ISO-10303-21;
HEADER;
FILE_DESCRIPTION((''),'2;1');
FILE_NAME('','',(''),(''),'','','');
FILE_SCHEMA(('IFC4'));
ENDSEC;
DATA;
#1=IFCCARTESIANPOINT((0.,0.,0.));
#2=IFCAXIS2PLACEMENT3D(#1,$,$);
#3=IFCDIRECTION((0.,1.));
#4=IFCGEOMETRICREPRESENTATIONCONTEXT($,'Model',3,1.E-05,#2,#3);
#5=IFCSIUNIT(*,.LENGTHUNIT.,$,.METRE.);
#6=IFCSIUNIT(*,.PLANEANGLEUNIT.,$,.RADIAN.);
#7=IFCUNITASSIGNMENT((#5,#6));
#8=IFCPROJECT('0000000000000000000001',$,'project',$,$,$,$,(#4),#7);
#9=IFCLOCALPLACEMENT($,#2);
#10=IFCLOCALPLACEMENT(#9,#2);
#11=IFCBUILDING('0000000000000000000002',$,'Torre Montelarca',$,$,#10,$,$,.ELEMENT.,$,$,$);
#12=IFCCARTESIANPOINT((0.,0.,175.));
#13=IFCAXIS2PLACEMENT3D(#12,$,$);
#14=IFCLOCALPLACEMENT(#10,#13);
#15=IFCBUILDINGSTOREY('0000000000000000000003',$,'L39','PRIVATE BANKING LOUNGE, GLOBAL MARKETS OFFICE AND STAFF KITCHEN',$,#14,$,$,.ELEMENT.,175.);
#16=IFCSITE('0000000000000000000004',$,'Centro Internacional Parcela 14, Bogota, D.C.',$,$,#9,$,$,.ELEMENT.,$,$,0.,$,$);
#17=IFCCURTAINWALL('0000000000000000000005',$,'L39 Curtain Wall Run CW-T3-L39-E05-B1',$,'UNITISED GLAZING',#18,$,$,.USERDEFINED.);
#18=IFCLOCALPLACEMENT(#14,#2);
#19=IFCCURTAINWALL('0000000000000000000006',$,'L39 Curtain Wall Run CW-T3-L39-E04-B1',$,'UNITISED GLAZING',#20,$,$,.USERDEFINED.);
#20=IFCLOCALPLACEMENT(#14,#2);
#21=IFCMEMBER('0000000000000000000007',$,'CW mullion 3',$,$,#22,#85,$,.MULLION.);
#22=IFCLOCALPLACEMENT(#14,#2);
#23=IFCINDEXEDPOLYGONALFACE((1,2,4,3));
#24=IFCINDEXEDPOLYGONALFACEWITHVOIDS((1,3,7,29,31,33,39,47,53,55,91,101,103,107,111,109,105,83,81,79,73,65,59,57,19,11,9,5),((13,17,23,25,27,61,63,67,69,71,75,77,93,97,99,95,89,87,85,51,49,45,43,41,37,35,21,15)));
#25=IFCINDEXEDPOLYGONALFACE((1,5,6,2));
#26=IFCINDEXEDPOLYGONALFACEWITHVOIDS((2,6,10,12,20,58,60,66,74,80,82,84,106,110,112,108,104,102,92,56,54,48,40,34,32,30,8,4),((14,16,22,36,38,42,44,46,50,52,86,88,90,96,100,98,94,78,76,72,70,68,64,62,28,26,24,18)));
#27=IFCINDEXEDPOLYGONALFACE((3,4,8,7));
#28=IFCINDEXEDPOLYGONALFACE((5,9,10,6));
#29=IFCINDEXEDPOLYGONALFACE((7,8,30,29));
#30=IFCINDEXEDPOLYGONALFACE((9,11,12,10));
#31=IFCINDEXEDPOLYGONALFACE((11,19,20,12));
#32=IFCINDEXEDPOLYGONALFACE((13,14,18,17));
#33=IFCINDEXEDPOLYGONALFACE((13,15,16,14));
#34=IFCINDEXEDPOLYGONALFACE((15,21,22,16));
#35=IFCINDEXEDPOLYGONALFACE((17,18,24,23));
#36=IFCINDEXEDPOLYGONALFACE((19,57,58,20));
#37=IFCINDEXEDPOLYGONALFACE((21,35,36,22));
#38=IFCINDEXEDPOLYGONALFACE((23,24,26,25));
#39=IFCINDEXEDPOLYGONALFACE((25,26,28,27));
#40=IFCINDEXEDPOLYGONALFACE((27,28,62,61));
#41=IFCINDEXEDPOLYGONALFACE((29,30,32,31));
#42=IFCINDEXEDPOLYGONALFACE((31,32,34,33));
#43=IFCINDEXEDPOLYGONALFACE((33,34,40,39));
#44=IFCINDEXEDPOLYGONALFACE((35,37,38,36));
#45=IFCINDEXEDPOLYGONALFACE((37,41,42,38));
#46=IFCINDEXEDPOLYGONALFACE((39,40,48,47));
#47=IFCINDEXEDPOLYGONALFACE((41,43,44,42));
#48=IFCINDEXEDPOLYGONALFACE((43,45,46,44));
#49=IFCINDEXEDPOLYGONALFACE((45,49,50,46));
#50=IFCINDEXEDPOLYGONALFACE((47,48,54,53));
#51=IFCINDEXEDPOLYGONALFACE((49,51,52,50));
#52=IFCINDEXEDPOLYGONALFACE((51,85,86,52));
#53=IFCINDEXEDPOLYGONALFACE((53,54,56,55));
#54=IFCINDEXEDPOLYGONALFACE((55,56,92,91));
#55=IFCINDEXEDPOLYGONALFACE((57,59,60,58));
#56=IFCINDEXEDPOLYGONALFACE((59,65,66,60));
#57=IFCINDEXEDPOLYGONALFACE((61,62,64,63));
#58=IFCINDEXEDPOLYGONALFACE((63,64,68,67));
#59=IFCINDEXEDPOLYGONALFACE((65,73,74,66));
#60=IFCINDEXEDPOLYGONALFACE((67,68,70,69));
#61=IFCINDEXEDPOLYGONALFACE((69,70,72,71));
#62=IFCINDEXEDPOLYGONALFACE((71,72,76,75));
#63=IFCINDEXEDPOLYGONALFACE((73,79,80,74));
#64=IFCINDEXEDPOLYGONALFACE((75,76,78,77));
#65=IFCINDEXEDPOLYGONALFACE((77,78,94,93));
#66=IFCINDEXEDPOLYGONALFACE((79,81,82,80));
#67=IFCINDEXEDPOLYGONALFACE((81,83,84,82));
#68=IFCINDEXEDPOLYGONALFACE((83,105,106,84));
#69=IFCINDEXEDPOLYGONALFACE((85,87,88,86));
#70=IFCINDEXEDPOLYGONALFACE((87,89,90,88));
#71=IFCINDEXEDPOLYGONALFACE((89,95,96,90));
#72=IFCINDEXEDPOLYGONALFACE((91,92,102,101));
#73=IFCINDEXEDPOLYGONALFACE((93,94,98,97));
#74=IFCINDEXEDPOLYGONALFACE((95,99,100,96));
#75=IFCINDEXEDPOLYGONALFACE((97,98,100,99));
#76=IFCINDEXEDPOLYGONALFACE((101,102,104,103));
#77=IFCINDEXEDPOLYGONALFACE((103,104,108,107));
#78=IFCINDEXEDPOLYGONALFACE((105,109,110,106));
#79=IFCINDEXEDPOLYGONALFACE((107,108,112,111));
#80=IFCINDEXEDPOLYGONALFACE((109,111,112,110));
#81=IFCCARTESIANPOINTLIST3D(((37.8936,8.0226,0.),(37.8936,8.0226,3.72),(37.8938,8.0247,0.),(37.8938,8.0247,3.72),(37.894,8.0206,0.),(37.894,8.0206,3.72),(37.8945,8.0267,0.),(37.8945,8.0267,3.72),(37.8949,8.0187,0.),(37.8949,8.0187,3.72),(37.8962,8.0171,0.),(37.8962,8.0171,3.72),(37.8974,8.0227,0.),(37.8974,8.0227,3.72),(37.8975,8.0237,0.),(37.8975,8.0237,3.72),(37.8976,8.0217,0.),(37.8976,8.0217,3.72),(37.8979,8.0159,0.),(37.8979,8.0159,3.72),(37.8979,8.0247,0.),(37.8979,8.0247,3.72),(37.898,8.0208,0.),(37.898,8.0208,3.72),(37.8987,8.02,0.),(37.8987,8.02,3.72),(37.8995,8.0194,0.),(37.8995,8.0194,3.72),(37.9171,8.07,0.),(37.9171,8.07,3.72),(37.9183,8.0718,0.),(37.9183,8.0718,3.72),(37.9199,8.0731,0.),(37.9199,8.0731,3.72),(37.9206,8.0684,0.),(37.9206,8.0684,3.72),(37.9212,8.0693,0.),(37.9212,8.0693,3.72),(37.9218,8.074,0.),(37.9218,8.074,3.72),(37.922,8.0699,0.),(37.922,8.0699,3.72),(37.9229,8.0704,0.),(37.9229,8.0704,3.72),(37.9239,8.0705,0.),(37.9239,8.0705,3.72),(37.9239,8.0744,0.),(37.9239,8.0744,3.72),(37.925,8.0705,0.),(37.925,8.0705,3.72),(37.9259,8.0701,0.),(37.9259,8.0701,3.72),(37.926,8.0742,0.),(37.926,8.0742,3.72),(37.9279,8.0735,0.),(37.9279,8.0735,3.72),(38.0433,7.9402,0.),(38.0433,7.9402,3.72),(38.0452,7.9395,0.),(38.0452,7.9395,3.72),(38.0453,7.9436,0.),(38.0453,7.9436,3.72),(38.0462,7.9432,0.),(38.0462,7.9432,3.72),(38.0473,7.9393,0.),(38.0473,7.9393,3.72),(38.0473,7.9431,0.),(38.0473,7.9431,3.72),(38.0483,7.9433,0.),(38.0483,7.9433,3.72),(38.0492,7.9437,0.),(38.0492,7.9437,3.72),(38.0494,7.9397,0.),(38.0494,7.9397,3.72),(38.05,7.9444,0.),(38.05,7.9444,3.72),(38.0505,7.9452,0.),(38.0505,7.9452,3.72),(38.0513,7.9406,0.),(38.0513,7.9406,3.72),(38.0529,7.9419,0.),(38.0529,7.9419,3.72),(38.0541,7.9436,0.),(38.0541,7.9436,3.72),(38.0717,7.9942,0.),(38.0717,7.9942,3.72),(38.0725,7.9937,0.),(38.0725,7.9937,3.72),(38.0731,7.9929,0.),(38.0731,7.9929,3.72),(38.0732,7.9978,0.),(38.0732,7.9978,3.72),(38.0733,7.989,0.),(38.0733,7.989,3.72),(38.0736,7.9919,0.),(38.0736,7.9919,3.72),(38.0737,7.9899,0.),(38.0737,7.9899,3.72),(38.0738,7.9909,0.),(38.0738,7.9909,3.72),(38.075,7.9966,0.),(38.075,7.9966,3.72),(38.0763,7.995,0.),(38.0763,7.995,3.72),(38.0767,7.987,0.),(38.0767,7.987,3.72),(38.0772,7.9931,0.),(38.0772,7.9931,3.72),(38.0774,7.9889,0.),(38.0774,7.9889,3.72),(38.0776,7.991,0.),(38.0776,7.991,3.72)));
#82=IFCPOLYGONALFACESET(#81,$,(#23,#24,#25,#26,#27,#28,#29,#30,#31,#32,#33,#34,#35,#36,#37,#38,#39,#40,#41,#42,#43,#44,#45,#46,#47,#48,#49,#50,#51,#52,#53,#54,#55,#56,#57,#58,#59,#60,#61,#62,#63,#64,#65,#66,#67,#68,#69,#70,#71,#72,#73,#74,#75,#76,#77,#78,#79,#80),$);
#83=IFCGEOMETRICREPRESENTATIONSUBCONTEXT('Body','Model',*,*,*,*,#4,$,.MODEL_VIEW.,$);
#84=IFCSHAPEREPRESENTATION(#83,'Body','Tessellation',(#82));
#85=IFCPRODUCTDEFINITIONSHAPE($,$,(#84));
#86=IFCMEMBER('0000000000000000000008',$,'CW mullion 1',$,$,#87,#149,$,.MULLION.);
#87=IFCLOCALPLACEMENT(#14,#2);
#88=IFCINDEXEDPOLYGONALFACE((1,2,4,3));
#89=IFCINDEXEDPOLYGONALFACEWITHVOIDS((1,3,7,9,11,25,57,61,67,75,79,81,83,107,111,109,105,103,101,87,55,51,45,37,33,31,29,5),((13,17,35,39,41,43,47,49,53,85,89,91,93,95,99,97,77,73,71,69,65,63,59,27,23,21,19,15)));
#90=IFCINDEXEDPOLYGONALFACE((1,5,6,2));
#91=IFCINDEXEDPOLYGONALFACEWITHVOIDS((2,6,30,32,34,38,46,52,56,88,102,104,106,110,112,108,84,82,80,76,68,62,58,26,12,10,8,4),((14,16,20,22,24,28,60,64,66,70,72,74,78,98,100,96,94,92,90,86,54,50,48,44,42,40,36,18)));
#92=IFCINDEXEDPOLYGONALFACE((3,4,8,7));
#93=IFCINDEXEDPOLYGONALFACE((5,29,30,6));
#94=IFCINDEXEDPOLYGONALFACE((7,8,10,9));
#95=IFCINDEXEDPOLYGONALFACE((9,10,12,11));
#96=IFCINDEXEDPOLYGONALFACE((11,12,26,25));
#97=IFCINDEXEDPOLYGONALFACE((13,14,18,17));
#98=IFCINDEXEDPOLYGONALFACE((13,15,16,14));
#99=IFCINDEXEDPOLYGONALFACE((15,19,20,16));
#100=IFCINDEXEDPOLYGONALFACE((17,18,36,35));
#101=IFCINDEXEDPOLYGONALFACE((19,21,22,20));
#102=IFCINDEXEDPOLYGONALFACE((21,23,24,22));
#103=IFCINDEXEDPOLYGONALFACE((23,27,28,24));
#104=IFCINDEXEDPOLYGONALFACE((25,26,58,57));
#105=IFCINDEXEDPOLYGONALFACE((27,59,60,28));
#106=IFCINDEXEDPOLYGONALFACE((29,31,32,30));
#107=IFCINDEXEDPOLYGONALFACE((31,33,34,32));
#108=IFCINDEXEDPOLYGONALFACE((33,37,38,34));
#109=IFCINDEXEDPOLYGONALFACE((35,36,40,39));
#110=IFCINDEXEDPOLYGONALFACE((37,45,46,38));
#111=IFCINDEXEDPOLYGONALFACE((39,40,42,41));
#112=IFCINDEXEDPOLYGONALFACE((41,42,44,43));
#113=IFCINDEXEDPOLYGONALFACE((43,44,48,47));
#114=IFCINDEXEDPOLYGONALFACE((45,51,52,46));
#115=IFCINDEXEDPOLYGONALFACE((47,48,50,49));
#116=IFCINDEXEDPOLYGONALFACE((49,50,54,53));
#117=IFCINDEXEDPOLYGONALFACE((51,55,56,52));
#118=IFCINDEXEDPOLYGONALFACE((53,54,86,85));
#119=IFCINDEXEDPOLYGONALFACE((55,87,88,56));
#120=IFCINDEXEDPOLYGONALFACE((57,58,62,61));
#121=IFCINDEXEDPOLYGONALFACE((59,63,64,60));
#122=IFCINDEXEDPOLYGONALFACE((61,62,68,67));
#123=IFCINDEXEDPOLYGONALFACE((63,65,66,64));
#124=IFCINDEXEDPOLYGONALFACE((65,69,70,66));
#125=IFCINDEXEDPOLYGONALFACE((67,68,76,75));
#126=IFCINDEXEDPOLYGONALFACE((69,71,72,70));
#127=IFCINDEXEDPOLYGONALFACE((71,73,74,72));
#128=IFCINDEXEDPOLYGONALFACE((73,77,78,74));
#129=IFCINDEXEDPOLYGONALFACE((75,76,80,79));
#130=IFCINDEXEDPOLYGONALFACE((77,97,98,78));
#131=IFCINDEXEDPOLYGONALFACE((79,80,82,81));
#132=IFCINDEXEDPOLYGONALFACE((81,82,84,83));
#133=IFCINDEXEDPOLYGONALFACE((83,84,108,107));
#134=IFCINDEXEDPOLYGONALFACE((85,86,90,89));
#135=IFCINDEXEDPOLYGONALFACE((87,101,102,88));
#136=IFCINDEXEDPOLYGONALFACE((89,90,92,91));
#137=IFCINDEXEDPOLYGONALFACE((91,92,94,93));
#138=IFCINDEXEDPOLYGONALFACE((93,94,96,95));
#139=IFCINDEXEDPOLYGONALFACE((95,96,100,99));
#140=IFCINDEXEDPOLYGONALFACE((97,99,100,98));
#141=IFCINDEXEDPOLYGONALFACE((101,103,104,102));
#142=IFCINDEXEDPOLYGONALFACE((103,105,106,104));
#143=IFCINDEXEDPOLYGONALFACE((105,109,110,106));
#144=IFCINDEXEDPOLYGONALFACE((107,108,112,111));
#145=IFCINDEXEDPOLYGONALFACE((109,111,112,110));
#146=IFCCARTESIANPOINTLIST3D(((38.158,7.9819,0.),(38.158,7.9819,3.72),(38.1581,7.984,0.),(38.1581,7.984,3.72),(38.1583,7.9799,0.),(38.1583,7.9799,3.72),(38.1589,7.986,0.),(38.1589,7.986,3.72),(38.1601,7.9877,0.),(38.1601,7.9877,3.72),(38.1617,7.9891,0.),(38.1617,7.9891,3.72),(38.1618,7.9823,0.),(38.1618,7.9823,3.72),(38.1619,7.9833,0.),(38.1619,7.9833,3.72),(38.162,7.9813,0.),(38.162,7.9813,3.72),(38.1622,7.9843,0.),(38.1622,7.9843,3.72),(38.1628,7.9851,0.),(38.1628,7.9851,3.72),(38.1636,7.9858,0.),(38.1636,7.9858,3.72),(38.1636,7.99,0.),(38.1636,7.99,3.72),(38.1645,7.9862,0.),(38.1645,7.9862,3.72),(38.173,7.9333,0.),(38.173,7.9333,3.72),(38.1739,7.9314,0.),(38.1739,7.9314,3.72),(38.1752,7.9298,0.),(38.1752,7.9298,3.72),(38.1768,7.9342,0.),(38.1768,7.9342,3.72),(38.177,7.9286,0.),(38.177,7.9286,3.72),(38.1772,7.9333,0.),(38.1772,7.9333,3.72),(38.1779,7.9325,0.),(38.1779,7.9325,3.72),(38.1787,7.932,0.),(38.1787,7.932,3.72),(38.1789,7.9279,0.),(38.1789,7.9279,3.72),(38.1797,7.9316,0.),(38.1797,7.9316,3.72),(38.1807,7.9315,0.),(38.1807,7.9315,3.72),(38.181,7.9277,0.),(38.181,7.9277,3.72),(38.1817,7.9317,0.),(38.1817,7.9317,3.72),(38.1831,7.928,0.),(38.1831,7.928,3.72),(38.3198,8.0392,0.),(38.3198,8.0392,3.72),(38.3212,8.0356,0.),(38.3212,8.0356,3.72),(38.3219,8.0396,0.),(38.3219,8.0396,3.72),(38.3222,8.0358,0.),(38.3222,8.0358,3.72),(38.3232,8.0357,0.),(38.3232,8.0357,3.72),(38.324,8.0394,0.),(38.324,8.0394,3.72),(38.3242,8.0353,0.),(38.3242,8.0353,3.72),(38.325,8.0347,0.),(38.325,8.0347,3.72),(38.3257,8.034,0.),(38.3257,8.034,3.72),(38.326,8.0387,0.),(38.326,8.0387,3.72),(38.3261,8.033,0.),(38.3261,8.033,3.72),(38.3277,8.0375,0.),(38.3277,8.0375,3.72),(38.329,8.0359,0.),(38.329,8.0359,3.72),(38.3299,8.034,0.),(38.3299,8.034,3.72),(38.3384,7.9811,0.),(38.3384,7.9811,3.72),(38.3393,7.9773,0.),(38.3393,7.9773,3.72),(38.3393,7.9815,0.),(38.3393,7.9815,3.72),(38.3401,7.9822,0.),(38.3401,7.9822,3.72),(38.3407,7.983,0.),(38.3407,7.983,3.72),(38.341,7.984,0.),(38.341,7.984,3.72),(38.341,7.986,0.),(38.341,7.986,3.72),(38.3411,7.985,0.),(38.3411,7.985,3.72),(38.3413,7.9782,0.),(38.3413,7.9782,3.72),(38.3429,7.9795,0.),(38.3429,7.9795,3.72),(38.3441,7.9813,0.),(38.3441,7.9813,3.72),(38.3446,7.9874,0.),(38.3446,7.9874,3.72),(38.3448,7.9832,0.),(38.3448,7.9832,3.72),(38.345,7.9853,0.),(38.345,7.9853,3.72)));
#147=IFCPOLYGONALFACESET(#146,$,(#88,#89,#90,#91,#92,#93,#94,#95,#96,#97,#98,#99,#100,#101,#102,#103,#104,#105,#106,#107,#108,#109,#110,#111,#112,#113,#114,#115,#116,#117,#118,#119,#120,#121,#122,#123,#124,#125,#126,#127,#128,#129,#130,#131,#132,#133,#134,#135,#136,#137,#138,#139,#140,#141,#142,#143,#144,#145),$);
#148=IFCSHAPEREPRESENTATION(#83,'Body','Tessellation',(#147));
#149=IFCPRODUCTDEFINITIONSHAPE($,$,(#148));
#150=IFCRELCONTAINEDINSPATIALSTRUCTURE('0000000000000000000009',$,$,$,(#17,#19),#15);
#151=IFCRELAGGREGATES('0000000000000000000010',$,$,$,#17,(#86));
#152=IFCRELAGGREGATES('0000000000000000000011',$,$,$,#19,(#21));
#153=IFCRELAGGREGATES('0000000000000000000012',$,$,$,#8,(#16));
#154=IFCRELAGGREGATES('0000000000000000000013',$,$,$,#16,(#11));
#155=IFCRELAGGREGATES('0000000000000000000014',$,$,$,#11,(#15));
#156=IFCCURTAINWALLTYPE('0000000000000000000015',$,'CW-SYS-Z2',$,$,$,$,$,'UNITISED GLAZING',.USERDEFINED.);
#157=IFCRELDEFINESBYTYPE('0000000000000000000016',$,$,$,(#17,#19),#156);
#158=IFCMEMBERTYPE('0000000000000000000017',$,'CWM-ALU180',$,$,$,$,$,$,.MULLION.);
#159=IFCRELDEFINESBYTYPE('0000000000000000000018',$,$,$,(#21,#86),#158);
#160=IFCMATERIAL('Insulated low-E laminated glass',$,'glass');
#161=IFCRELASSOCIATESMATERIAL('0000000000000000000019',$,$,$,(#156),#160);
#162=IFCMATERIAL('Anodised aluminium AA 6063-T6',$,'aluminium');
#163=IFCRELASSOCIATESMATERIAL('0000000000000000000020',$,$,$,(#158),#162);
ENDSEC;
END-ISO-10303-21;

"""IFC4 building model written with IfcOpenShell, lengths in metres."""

from ifc_helpers import new_model, si_unit, direction, frame, origin, origin_2d, place, context, subcontext, project, spatial, hollow_rectangle, extrude, source, transform, mapped, material, material_profile, profile_set, type_object, element, aggregate, save


model = new_model("IFC4")

# Units and contexts
model_context = context("Model", 3, precision=1e-05, world=origin(), true_north=direction((0.0, 1.0)))
body_context = subcontext(model_context, "Body", "Model", "MODEL_VIEW")
ifc_project = project(units=[si_unit("LENGTHUNIT", "METRE"), si_unit("PLANEANGLEUNIT", "RADIAN")], contexts=[model_context])

# Site, building, storey
site_placement = place(None, origin())
site = spatial("IfcSite", under=ifc_project, at=site_placement, Name="Centro Internacional Parcela 14, Bogota, D.C.", CompositionType="ELEMENT", RefElevation=0.0)
building_placement = place(site_placement, origin())
building = spatial("IfcBuilding", under=site, at=building_placement, Name="Torre Montelarca", CompositionType="ELEMENT")
storey_placement = place(building_placement, frame((0.0, 0.0, 175.0)))
storey = spatial("IfcBuildingStorey", under=building, at=storey_placement, Name="L39", Description="PRIVATE BANKING LOUNGE, GLOBAL MARKETS OFFICE AND STAFF KITCHEN", CompositionType="ELEMENT", Elevation=175.0)

# Curtain wall
ifc_material_1 = material(Name="Insulated low-E laminated glass", Category="glass")
curtain_wall_type = type_object("IfcCurtainWallType", Name="CW-SYS-Z2", ElementType="UNITISED GLAZING", PredefinedType="USERDEFINED", material=ifc_material_1)
curtain_wall_1_placement = place(storey_placement, origin())
curtain_wall_1 = element("IfcCurtainWall", 1, at=curtain_wall_1_placement, inside=storey, type_object=curtain_wall_type, Name="L39 Curtain Wall Run CW-T3-L39-E05-B1", ObjectType="UNITISED GLAZING", PredefinedType="USERDEFINED")
ifc_material_2 = material(Name="Anodised aluminium AA 6063-T6", Category="aluminium")

# Curtain wall, member
curtain_wall_2_placement = place(storey_placement, origin())
curtain_wall_2 = element("IfcCurtainWall", 2, at=curtain_wall_2_placement, inside=storey, type_object=curtain_wall_type, Name="L39 Curtain Wall Run CW-T3-L39-E04-B1", ObjectType="UNITISED GLAZING", PredefinedType="USERDEFINED")
ifc_material_profile_1 = material_profile(ifc_material_2, hollow_rectangle(XDim=0.0649, YDim=0.1799, WallThickness=0.0039, InnerFilletRadius=0.0039, OuterFilletRadius=0.0081, at=origin_2d()), Name="ALU65X180X4", Category="aluminium")
ifc_profile_set_1 = profile_set([ifc_material_profile_1], Name="Anodised aluminium AA 6063-T6")
member_type_1 = type_object("IfcMemberType", Name="CWM-ALU180", PredefinedType="MULLION", material=ifc_profile_set_1)
shared_shape_1 = source(origin(), body_context, "Body", "SweptSolid", [
    extrude(hollow_rectangle(XDim=0.0649, YDim=0.1799, WallThickness=0.0039, InnerFilletRadius=0.0039, OuterFilletRadius=0.0081, at=origin_2d()), origin(), (0.0, 0.0, 1.0), 3.72),
])
member_1_placement = place(storey_placement, frame((37.9856, 8.0068, 0.0), z_axis=(0.0, 0.0, 1.0), x_axis=(0.461744, 0.887013, 0.0)))
member_1 = element("IfcMember", 3, at=member_1_placement, type_object=member_type_1, Name="CW mullion 3", PredefinedType="MULLION", context=body_context, shape_type="MappedRepresentation", body=[
    mapped(shared_shape_1, transform((0.0, 0.0, 0.0), scale=1.0)),
])

# Member
member_2_placement = place(storey_placement, frame((38.2515, 7.9836, 0.0), z_axis=(0.0, 0.0, 1.0), x_axis=(-0.300679, 0.953725, 0.0)))
member_2 = element("IfcMember", 4, at=member_2_placement, type_object=member_type_1, Name="CW mullion 1", PredefinedType="MULLION", context=body_context, shape_type="MappedRepresentation", body=[
    mapped(shared_shape_1, transform((0.0, 0.0, 0.0), scale=1.0)),
])

aggregate(curtain_wall_1, [member_2])
aggregate(curtain_wall_2, [member_1])

save(model, "model.ifc")
